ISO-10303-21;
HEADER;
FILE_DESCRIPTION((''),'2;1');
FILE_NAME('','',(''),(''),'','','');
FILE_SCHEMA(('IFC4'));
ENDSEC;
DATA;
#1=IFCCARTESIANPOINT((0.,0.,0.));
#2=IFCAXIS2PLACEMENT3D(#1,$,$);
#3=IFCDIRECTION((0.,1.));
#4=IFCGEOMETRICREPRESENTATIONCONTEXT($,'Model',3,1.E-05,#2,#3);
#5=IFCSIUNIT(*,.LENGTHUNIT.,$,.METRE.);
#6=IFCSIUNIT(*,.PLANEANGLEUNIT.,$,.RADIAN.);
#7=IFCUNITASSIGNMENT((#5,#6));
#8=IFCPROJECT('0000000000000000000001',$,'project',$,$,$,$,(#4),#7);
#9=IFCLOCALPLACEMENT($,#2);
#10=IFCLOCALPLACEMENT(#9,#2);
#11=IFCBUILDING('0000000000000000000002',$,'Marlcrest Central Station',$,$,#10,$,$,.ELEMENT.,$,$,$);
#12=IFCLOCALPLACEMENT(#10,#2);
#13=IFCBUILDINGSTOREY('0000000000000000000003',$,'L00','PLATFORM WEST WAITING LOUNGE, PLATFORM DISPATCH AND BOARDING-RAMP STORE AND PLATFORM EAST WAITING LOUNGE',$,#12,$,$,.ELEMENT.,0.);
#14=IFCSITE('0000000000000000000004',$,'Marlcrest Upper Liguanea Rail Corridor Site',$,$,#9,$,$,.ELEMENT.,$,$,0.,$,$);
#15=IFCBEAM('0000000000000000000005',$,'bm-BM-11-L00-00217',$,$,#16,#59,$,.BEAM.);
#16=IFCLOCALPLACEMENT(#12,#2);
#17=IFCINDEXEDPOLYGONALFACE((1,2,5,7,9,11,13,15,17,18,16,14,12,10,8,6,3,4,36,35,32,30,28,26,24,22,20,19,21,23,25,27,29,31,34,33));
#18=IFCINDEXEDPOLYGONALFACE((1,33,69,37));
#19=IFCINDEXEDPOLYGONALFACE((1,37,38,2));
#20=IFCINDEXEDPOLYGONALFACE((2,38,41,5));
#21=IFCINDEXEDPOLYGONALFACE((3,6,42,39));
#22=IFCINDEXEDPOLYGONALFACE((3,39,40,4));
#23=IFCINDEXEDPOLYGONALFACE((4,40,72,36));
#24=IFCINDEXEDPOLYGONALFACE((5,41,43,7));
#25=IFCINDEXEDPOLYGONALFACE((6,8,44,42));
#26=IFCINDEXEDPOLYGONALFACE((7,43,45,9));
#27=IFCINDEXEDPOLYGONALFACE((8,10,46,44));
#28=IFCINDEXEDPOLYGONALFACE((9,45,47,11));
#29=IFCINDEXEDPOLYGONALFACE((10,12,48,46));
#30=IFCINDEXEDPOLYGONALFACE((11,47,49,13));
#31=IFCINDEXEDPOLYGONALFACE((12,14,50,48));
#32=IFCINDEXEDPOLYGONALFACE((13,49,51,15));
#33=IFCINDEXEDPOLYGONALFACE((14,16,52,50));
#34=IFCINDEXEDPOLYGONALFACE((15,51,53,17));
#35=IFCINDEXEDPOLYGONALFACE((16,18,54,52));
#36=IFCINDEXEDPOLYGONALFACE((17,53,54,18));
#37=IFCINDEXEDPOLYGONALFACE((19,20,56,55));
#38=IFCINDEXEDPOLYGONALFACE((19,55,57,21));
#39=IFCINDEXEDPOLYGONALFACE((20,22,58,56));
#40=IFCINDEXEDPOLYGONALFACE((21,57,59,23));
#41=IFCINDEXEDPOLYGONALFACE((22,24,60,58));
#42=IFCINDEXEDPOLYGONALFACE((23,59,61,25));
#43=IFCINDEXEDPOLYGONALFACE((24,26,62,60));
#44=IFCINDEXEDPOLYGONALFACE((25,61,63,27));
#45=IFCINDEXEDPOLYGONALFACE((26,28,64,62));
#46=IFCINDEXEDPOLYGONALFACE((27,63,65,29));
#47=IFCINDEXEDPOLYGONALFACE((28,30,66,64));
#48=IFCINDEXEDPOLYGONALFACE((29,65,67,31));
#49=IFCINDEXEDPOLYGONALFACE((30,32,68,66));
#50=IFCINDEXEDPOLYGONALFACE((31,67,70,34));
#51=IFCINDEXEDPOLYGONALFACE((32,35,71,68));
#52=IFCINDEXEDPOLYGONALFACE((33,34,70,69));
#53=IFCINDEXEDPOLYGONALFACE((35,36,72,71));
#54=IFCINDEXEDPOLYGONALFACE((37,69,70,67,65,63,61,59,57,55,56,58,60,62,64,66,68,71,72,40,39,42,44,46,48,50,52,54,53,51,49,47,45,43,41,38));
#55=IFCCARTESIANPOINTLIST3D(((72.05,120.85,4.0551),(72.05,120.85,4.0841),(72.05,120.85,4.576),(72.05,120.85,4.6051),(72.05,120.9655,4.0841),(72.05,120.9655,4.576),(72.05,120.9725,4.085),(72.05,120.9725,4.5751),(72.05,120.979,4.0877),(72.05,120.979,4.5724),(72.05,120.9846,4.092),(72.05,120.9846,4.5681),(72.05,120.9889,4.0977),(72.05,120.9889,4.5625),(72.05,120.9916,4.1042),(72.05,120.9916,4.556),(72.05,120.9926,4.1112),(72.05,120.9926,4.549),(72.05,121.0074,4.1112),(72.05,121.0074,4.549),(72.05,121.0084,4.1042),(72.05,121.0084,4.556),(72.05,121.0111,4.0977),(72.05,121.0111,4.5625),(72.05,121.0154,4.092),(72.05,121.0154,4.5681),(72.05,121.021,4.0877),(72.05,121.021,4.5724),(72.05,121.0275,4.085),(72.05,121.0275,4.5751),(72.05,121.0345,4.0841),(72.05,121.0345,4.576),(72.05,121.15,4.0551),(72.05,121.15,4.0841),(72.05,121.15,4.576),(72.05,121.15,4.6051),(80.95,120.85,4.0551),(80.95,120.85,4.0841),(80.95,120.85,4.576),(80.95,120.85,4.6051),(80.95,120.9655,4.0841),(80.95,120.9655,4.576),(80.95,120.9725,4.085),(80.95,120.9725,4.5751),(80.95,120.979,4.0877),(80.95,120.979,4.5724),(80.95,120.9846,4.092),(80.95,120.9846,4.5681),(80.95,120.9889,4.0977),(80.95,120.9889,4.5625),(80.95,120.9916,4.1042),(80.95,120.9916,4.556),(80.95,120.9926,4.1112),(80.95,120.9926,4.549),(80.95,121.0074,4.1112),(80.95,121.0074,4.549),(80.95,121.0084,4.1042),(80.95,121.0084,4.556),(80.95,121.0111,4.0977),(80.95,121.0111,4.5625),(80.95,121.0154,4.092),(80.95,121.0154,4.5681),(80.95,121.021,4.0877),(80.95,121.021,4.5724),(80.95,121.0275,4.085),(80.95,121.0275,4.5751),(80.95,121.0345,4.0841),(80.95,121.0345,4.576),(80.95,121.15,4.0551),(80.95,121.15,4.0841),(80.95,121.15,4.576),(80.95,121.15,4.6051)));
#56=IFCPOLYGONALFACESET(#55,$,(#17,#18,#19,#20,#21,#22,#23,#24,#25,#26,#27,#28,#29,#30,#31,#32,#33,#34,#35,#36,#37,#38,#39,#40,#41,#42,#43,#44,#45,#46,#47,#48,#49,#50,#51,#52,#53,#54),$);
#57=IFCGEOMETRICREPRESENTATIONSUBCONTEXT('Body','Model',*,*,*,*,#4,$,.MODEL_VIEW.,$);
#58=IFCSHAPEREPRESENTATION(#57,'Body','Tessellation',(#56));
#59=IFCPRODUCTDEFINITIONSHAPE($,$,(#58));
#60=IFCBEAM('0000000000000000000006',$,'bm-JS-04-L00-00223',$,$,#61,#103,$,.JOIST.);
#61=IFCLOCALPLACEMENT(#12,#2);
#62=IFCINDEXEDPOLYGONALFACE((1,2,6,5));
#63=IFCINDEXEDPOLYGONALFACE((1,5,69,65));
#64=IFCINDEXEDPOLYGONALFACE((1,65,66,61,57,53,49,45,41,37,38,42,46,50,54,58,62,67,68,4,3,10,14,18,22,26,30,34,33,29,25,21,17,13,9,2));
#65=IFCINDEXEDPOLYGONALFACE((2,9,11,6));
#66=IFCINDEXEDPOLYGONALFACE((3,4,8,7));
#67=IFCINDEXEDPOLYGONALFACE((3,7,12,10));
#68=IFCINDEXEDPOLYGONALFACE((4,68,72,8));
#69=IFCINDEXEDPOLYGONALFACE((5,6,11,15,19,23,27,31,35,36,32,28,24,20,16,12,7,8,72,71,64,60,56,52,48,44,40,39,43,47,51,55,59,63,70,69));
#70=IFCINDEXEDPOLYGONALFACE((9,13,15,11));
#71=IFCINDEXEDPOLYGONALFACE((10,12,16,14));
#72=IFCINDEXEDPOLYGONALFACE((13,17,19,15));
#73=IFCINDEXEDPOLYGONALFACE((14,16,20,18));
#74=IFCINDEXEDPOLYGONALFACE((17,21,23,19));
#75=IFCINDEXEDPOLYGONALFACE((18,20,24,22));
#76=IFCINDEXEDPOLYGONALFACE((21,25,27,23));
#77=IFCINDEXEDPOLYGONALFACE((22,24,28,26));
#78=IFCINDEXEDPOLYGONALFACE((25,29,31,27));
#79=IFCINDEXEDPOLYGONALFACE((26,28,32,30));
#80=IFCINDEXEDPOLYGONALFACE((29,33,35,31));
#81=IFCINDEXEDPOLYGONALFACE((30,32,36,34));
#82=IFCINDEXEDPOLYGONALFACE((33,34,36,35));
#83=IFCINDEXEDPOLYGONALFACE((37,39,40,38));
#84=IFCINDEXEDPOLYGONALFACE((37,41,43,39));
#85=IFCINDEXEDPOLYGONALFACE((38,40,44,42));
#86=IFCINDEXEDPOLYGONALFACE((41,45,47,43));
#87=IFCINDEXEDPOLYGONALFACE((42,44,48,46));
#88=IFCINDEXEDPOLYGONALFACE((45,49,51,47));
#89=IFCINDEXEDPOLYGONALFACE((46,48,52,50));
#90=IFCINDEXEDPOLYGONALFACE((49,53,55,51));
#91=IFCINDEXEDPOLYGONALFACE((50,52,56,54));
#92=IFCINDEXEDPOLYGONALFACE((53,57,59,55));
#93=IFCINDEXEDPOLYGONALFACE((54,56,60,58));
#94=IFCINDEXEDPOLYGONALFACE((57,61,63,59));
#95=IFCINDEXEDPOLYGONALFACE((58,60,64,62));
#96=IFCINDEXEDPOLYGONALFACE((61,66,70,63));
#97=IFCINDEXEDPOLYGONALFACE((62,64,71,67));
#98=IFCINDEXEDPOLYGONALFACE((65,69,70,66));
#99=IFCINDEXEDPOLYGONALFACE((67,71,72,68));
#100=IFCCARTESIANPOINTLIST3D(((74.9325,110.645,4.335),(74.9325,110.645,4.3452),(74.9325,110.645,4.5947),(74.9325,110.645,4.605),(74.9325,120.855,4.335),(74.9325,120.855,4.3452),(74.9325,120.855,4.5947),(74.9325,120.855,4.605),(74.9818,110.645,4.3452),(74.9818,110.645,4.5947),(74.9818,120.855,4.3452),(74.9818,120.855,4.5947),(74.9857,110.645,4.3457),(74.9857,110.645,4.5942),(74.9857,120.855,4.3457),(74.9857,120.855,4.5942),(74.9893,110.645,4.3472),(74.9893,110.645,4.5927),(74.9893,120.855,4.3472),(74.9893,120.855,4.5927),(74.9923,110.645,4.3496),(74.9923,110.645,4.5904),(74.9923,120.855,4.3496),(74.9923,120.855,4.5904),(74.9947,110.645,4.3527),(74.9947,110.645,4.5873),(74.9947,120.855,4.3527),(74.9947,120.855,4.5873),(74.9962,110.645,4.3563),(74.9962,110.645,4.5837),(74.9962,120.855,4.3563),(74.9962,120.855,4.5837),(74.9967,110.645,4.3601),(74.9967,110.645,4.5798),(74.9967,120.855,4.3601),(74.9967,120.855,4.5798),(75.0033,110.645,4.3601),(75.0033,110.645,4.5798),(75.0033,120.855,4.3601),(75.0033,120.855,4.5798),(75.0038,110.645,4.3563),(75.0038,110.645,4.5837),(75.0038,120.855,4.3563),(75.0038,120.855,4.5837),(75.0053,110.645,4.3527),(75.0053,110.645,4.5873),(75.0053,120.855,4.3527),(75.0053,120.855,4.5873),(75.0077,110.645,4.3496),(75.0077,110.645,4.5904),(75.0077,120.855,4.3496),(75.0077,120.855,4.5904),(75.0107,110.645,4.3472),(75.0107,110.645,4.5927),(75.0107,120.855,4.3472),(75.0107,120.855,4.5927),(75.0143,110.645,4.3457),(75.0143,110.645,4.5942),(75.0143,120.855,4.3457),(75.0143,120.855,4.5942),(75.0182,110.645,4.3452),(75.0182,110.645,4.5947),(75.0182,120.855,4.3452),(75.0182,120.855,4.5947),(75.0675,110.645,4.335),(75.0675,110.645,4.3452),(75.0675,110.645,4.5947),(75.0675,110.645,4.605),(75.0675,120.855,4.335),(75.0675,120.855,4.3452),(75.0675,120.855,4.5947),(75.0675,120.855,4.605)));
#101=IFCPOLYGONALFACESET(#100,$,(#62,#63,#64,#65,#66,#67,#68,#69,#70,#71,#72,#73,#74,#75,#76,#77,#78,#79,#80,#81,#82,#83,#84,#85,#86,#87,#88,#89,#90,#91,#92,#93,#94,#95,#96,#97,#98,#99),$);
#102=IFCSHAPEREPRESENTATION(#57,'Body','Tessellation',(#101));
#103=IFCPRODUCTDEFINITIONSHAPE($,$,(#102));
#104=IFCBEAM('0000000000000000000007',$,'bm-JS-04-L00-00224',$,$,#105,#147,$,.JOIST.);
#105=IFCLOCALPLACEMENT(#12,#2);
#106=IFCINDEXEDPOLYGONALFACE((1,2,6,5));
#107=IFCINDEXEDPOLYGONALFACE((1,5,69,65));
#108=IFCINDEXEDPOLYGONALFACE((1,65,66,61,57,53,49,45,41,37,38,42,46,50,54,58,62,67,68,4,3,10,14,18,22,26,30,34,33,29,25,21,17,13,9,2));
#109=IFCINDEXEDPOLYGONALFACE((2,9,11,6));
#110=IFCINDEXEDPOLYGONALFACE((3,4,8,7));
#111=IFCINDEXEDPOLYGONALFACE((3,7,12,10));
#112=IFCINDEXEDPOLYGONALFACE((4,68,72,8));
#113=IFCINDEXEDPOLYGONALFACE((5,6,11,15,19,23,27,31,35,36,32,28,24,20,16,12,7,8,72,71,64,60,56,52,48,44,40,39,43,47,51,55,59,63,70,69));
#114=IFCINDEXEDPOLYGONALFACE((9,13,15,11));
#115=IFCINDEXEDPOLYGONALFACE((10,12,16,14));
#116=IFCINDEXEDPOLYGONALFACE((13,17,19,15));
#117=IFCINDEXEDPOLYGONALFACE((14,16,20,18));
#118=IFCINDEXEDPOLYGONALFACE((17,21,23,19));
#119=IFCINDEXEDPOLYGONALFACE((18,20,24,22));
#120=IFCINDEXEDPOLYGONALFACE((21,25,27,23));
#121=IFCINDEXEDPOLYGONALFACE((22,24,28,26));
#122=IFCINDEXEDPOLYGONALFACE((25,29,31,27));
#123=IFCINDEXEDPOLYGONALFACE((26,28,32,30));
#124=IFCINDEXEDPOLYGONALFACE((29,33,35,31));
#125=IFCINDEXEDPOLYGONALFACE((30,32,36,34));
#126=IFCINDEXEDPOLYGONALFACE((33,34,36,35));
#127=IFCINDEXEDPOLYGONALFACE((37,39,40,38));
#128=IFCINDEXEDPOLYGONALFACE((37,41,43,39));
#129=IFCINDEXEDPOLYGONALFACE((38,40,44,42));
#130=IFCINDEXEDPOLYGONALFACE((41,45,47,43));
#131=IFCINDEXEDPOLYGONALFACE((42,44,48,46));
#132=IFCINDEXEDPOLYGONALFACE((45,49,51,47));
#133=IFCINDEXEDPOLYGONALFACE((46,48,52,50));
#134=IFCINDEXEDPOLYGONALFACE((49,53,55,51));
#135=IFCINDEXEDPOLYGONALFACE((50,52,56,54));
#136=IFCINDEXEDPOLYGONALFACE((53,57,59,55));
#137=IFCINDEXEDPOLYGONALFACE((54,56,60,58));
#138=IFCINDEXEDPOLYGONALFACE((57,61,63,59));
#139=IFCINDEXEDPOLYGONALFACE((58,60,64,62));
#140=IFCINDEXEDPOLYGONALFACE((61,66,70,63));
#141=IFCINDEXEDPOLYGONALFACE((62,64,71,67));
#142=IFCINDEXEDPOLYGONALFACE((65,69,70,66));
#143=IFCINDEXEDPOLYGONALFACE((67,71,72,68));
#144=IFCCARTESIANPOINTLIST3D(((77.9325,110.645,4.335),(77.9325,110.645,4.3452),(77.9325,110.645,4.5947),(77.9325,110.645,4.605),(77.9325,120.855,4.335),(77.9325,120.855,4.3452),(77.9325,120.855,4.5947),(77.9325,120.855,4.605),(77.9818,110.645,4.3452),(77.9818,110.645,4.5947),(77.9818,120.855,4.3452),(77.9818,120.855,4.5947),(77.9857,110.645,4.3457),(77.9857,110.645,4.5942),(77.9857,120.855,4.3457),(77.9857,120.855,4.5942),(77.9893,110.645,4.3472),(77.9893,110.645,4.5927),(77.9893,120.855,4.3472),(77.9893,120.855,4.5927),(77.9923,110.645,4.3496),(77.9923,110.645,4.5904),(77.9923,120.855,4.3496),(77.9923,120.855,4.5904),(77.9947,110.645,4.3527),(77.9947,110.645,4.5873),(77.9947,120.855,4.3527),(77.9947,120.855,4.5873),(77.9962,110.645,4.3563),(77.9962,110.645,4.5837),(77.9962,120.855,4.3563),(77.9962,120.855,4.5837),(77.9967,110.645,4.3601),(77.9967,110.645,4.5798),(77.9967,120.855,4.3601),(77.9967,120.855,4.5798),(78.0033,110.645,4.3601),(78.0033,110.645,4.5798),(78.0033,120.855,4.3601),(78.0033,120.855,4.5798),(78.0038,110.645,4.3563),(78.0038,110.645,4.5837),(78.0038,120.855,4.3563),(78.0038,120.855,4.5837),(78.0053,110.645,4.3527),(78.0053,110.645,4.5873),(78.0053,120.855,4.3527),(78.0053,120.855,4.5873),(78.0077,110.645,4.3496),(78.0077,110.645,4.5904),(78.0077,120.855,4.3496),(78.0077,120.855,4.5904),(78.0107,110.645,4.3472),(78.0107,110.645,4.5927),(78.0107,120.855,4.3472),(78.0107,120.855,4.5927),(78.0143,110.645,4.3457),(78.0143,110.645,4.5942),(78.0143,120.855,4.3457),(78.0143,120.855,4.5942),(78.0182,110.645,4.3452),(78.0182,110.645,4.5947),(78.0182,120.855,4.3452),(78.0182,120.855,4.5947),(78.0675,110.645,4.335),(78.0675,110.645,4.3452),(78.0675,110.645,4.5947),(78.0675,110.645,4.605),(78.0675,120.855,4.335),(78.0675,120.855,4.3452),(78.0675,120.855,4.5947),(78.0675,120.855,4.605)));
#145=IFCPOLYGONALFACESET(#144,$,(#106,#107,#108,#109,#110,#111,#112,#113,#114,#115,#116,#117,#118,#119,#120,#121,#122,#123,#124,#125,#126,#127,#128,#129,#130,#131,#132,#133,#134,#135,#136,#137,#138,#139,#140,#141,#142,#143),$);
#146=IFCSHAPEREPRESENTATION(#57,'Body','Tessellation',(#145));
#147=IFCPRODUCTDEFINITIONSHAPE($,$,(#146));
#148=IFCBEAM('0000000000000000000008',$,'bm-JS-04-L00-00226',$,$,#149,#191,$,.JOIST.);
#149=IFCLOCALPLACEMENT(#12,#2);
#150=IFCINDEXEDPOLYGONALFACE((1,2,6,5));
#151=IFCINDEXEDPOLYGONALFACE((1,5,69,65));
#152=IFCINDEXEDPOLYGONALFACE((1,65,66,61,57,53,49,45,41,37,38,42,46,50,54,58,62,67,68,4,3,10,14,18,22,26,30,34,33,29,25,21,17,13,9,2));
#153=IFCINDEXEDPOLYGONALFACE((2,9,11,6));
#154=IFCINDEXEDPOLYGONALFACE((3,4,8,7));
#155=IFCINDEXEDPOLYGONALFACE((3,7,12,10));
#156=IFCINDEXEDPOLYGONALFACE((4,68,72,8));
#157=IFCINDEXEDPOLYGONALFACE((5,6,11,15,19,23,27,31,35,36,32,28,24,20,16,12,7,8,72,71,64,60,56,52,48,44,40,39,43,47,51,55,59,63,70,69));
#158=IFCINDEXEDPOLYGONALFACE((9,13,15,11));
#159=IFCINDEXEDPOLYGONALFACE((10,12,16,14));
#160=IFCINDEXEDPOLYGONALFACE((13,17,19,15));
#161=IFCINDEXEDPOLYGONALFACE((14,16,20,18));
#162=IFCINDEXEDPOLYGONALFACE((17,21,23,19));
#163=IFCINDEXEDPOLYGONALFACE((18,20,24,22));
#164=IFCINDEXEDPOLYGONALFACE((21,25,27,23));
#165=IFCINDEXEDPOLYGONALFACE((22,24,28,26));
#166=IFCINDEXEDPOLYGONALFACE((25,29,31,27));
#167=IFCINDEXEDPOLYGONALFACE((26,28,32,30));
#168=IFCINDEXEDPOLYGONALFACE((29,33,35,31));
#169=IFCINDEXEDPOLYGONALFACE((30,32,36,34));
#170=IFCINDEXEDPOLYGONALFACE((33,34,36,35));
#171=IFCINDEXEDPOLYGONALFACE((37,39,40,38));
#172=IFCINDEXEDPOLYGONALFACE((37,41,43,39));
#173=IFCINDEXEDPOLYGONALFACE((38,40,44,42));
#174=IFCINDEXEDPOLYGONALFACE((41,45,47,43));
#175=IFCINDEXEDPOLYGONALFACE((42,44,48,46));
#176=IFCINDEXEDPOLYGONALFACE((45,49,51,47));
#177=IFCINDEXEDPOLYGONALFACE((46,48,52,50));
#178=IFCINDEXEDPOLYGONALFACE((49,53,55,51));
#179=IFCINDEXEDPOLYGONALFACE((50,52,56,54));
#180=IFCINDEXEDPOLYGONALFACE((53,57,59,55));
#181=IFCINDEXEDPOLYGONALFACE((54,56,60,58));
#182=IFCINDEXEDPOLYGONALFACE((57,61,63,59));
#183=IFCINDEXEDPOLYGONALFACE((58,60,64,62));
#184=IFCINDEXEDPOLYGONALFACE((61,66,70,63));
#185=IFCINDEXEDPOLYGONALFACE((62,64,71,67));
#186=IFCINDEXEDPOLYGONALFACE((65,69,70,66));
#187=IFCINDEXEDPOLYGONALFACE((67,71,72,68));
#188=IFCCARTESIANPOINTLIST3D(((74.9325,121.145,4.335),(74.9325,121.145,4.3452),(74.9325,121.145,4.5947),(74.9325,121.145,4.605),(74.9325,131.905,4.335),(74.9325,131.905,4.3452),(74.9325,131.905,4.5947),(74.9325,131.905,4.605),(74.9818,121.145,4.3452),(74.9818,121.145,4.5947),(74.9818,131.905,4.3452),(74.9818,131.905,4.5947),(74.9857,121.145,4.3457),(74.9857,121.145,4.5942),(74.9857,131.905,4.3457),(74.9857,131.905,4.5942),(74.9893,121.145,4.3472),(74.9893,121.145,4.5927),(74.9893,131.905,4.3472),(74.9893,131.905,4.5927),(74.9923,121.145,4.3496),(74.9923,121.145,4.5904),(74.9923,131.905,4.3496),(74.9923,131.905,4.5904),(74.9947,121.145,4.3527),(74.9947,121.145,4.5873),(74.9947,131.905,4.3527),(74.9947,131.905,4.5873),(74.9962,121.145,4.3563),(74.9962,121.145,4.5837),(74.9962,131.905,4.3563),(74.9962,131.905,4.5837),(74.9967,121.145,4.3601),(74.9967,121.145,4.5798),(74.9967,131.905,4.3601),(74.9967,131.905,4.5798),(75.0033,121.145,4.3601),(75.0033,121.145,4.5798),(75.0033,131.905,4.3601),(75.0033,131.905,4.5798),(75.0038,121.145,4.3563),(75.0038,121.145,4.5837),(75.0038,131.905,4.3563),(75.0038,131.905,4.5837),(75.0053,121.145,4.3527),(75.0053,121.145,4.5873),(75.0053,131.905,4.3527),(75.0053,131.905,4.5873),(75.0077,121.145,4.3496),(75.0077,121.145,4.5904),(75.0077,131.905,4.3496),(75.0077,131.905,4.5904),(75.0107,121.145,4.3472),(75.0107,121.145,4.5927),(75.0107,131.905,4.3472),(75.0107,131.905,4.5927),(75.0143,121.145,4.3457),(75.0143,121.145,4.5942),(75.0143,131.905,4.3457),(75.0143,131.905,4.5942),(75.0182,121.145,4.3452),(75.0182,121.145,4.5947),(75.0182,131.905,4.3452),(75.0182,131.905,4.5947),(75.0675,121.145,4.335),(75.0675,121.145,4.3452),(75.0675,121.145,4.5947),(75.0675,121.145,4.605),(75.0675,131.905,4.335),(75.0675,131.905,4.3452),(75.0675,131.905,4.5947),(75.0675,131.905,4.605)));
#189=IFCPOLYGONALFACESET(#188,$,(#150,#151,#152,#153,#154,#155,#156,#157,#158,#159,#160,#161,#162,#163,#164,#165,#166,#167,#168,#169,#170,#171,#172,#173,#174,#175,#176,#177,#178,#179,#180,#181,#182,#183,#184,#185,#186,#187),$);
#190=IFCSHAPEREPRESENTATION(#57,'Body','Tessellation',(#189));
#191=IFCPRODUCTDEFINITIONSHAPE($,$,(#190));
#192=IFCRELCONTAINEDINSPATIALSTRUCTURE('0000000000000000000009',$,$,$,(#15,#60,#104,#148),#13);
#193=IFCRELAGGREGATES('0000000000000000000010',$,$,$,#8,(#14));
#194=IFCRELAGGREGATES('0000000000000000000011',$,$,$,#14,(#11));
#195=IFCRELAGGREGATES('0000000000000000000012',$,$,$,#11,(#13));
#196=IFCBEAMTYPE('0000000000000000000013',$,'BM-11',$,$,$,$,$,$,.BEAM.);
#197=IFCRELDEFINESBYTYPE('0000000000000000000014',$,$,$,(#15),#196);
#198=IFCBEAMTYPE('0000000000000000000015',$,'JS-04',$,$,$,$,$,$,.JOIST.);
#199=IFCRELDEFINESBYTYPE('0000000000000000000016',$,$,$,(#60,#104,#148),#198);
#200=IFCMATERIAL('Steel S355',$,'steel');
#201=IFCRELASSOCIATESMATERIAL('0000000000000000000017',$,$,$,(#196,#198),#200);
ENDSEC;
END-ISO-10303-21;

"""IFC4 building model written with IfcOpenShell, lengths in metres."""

from ifc_helpers import new_model, si_unit, direction, frame, origin, origin_2d, place, context, subcontext, project, spatial, i_section, extrude, material, material_profile, profile_set, type_object, element, save


model = new_model("IFC4")

# Units and contexts
model_context = context("Model", 3, precision=1e-05, world=origin(), true_north=direction((0.0, 1.0)))
body_context = subcontext(model_context, "Body", "Model", "MODEL_VIEW")
ifc_project = project(units=[si_unit("LENGTHUNIT", "METRE"), si_unit("PLANEANGLEUNIT", "RADIAN")], contexts=[model_context])

# Site, building, storey
site_placement = place(None, origin())
site = spatial("IfcSite", under=ifc_project, at=site_placement, Name="Marlcrest Upper Liguanea Rail Corridor Site", CompositionType="ELEMENT", RefElevation=0.0)
building_placement = place(site_placement, origin())
building = spatial("IfcBuilding", under=site, at=building_placement, Name="Marlcrest Central Station", CompositionType="ELEMENT")
storey_placement = place(building_placement, origin())
storey = spatial("IfcBuildingStorey", under=building, at=storey_placement, Name="L00", Description="PLATFORM WEST WAITING LOUNGE, PLATFORM DISPATCH AND BOARDING-RAMP STORE AND PLATFORM EAST WAITING LOUNGE", CompositionType="ELEMENT", Elevation=0.0)

# Shared definitions
ifc_material_1 = material(Name="Steel S355", Category="steel")

# Beams
ifc_material_profile_1 = material_profile(ifc_material_1, i_section(OverallWidth=0.3, OverallDepth=0.55, WebThickness=0.0149, FlangeThickness=0.0291, FilletRadius=0.0271, at=origin_2d()), Name="HEB 550")
ifc_profile_set_1 = profile_set([ifc_material_profile_1], Name="Steel S355")
beam_type_1 = type_object("IfcBeamType", Name="BM-11", PredefinedType="BEAM", material=ifc_profile_set_1)
for number, where, z_axis, x_axis, name in (
    (1, (72.05, 121.0, 4.3301), (1.0, 0.0, 0.0), (0.0, 1.0, 0.0), "bm-BM-11-L00-00217"),
):
    element("IfcBeam", number, at=place(storey_placement, frame(where, z_axis=z_axis, x_axis=x_axis)), inside=storey, type_object=beam_type_1, Name=name, PredefinedType="BEAM", context=body_context, shape_type="SweptSolid", body=[
        extrude(i_section(OverallWidth=0.3, OverallDepth=0.55, WebThickness=0.0149, FlangeThickness=0.0291, FilletRadius=0.0271, at=origin_2d()), origin(), (0.0, 0.0, 1.0), 8.8999),
    ])
ifc_material_profile_2 = material_profile(ifc_material_1, i_section(OverallWidth=0.135, OverallDepth=0.27, WebThickness=0.0066, FlangeThickness=0.0103, FilletRadius=0.0149, at=origin_2d()), Name="IPE 270")
ifc_profile_set_2 = profile_set([ifc_material_profile_2], Name="Steel S355")
beam_type_2 = type_object("IfcBeamType", Name="JS-04", PredefinedType="JOIST", material=ifc_profile_set_2)
for number, where, z_axis, x_axis, name in (
    (2, (75.0, 110.645, 4.47), (0.0, 1.0, 0.0), (-1.0, 0.0, 0.0), "bm-JS-04-L00-00223"),
    (3, (78.0, 110.645, 4.47), (0.0, 1.0, 0.0), (-1.0, 0.0, 0.0), "bm-JS-04-L00-00224"),
):
    element("IfcBeam", number, at=place(storey_placement, frame(where, z_axis=z_axis, x_axis=x_axis)), inside=storey, type_object=beam_type_2, Name=name, PredefinedType="JOIST", context=body_context, shape_type="SweptSolid", body=[
        extrude(i_section(OverallWidth=0.135, OverallDepth=0.27, WebThickness=0.0066, FlangeThickness=0.0103, FilletRadius=0.0149, at=origin_2d()), origin(), (0.0, 0.0, 1.0), 10.21),
    ])
for number, where, z_axis, x_axis, name in (
    (4, (75.0, 121.145, 4.47), (0.0, 1.0, 0.0), (-1.0, 0.0, 0.0), "bm-JS-04-L00-00226"),
):
    element("IfcBeam", number, at=place(storey_placement, frame(where, z_axis=z_axis, x_axis=x_axis)), inside=storey, type_object=beam_type_2, Name=name, PredefinedType="JOIST", context=body_context, shape_type="SweptSolid", body=[
        extrude(i_section(OverallWidth=0.135, OverallDepth=0.27, WebThickness=0.0066, FlangeThickness=0.0103, FilletRadius=0.0149, at=origin_2d()), origin(), (0.0, 0.0, 1.0), 10.76),
    ])

save(model, "model.ifc")
